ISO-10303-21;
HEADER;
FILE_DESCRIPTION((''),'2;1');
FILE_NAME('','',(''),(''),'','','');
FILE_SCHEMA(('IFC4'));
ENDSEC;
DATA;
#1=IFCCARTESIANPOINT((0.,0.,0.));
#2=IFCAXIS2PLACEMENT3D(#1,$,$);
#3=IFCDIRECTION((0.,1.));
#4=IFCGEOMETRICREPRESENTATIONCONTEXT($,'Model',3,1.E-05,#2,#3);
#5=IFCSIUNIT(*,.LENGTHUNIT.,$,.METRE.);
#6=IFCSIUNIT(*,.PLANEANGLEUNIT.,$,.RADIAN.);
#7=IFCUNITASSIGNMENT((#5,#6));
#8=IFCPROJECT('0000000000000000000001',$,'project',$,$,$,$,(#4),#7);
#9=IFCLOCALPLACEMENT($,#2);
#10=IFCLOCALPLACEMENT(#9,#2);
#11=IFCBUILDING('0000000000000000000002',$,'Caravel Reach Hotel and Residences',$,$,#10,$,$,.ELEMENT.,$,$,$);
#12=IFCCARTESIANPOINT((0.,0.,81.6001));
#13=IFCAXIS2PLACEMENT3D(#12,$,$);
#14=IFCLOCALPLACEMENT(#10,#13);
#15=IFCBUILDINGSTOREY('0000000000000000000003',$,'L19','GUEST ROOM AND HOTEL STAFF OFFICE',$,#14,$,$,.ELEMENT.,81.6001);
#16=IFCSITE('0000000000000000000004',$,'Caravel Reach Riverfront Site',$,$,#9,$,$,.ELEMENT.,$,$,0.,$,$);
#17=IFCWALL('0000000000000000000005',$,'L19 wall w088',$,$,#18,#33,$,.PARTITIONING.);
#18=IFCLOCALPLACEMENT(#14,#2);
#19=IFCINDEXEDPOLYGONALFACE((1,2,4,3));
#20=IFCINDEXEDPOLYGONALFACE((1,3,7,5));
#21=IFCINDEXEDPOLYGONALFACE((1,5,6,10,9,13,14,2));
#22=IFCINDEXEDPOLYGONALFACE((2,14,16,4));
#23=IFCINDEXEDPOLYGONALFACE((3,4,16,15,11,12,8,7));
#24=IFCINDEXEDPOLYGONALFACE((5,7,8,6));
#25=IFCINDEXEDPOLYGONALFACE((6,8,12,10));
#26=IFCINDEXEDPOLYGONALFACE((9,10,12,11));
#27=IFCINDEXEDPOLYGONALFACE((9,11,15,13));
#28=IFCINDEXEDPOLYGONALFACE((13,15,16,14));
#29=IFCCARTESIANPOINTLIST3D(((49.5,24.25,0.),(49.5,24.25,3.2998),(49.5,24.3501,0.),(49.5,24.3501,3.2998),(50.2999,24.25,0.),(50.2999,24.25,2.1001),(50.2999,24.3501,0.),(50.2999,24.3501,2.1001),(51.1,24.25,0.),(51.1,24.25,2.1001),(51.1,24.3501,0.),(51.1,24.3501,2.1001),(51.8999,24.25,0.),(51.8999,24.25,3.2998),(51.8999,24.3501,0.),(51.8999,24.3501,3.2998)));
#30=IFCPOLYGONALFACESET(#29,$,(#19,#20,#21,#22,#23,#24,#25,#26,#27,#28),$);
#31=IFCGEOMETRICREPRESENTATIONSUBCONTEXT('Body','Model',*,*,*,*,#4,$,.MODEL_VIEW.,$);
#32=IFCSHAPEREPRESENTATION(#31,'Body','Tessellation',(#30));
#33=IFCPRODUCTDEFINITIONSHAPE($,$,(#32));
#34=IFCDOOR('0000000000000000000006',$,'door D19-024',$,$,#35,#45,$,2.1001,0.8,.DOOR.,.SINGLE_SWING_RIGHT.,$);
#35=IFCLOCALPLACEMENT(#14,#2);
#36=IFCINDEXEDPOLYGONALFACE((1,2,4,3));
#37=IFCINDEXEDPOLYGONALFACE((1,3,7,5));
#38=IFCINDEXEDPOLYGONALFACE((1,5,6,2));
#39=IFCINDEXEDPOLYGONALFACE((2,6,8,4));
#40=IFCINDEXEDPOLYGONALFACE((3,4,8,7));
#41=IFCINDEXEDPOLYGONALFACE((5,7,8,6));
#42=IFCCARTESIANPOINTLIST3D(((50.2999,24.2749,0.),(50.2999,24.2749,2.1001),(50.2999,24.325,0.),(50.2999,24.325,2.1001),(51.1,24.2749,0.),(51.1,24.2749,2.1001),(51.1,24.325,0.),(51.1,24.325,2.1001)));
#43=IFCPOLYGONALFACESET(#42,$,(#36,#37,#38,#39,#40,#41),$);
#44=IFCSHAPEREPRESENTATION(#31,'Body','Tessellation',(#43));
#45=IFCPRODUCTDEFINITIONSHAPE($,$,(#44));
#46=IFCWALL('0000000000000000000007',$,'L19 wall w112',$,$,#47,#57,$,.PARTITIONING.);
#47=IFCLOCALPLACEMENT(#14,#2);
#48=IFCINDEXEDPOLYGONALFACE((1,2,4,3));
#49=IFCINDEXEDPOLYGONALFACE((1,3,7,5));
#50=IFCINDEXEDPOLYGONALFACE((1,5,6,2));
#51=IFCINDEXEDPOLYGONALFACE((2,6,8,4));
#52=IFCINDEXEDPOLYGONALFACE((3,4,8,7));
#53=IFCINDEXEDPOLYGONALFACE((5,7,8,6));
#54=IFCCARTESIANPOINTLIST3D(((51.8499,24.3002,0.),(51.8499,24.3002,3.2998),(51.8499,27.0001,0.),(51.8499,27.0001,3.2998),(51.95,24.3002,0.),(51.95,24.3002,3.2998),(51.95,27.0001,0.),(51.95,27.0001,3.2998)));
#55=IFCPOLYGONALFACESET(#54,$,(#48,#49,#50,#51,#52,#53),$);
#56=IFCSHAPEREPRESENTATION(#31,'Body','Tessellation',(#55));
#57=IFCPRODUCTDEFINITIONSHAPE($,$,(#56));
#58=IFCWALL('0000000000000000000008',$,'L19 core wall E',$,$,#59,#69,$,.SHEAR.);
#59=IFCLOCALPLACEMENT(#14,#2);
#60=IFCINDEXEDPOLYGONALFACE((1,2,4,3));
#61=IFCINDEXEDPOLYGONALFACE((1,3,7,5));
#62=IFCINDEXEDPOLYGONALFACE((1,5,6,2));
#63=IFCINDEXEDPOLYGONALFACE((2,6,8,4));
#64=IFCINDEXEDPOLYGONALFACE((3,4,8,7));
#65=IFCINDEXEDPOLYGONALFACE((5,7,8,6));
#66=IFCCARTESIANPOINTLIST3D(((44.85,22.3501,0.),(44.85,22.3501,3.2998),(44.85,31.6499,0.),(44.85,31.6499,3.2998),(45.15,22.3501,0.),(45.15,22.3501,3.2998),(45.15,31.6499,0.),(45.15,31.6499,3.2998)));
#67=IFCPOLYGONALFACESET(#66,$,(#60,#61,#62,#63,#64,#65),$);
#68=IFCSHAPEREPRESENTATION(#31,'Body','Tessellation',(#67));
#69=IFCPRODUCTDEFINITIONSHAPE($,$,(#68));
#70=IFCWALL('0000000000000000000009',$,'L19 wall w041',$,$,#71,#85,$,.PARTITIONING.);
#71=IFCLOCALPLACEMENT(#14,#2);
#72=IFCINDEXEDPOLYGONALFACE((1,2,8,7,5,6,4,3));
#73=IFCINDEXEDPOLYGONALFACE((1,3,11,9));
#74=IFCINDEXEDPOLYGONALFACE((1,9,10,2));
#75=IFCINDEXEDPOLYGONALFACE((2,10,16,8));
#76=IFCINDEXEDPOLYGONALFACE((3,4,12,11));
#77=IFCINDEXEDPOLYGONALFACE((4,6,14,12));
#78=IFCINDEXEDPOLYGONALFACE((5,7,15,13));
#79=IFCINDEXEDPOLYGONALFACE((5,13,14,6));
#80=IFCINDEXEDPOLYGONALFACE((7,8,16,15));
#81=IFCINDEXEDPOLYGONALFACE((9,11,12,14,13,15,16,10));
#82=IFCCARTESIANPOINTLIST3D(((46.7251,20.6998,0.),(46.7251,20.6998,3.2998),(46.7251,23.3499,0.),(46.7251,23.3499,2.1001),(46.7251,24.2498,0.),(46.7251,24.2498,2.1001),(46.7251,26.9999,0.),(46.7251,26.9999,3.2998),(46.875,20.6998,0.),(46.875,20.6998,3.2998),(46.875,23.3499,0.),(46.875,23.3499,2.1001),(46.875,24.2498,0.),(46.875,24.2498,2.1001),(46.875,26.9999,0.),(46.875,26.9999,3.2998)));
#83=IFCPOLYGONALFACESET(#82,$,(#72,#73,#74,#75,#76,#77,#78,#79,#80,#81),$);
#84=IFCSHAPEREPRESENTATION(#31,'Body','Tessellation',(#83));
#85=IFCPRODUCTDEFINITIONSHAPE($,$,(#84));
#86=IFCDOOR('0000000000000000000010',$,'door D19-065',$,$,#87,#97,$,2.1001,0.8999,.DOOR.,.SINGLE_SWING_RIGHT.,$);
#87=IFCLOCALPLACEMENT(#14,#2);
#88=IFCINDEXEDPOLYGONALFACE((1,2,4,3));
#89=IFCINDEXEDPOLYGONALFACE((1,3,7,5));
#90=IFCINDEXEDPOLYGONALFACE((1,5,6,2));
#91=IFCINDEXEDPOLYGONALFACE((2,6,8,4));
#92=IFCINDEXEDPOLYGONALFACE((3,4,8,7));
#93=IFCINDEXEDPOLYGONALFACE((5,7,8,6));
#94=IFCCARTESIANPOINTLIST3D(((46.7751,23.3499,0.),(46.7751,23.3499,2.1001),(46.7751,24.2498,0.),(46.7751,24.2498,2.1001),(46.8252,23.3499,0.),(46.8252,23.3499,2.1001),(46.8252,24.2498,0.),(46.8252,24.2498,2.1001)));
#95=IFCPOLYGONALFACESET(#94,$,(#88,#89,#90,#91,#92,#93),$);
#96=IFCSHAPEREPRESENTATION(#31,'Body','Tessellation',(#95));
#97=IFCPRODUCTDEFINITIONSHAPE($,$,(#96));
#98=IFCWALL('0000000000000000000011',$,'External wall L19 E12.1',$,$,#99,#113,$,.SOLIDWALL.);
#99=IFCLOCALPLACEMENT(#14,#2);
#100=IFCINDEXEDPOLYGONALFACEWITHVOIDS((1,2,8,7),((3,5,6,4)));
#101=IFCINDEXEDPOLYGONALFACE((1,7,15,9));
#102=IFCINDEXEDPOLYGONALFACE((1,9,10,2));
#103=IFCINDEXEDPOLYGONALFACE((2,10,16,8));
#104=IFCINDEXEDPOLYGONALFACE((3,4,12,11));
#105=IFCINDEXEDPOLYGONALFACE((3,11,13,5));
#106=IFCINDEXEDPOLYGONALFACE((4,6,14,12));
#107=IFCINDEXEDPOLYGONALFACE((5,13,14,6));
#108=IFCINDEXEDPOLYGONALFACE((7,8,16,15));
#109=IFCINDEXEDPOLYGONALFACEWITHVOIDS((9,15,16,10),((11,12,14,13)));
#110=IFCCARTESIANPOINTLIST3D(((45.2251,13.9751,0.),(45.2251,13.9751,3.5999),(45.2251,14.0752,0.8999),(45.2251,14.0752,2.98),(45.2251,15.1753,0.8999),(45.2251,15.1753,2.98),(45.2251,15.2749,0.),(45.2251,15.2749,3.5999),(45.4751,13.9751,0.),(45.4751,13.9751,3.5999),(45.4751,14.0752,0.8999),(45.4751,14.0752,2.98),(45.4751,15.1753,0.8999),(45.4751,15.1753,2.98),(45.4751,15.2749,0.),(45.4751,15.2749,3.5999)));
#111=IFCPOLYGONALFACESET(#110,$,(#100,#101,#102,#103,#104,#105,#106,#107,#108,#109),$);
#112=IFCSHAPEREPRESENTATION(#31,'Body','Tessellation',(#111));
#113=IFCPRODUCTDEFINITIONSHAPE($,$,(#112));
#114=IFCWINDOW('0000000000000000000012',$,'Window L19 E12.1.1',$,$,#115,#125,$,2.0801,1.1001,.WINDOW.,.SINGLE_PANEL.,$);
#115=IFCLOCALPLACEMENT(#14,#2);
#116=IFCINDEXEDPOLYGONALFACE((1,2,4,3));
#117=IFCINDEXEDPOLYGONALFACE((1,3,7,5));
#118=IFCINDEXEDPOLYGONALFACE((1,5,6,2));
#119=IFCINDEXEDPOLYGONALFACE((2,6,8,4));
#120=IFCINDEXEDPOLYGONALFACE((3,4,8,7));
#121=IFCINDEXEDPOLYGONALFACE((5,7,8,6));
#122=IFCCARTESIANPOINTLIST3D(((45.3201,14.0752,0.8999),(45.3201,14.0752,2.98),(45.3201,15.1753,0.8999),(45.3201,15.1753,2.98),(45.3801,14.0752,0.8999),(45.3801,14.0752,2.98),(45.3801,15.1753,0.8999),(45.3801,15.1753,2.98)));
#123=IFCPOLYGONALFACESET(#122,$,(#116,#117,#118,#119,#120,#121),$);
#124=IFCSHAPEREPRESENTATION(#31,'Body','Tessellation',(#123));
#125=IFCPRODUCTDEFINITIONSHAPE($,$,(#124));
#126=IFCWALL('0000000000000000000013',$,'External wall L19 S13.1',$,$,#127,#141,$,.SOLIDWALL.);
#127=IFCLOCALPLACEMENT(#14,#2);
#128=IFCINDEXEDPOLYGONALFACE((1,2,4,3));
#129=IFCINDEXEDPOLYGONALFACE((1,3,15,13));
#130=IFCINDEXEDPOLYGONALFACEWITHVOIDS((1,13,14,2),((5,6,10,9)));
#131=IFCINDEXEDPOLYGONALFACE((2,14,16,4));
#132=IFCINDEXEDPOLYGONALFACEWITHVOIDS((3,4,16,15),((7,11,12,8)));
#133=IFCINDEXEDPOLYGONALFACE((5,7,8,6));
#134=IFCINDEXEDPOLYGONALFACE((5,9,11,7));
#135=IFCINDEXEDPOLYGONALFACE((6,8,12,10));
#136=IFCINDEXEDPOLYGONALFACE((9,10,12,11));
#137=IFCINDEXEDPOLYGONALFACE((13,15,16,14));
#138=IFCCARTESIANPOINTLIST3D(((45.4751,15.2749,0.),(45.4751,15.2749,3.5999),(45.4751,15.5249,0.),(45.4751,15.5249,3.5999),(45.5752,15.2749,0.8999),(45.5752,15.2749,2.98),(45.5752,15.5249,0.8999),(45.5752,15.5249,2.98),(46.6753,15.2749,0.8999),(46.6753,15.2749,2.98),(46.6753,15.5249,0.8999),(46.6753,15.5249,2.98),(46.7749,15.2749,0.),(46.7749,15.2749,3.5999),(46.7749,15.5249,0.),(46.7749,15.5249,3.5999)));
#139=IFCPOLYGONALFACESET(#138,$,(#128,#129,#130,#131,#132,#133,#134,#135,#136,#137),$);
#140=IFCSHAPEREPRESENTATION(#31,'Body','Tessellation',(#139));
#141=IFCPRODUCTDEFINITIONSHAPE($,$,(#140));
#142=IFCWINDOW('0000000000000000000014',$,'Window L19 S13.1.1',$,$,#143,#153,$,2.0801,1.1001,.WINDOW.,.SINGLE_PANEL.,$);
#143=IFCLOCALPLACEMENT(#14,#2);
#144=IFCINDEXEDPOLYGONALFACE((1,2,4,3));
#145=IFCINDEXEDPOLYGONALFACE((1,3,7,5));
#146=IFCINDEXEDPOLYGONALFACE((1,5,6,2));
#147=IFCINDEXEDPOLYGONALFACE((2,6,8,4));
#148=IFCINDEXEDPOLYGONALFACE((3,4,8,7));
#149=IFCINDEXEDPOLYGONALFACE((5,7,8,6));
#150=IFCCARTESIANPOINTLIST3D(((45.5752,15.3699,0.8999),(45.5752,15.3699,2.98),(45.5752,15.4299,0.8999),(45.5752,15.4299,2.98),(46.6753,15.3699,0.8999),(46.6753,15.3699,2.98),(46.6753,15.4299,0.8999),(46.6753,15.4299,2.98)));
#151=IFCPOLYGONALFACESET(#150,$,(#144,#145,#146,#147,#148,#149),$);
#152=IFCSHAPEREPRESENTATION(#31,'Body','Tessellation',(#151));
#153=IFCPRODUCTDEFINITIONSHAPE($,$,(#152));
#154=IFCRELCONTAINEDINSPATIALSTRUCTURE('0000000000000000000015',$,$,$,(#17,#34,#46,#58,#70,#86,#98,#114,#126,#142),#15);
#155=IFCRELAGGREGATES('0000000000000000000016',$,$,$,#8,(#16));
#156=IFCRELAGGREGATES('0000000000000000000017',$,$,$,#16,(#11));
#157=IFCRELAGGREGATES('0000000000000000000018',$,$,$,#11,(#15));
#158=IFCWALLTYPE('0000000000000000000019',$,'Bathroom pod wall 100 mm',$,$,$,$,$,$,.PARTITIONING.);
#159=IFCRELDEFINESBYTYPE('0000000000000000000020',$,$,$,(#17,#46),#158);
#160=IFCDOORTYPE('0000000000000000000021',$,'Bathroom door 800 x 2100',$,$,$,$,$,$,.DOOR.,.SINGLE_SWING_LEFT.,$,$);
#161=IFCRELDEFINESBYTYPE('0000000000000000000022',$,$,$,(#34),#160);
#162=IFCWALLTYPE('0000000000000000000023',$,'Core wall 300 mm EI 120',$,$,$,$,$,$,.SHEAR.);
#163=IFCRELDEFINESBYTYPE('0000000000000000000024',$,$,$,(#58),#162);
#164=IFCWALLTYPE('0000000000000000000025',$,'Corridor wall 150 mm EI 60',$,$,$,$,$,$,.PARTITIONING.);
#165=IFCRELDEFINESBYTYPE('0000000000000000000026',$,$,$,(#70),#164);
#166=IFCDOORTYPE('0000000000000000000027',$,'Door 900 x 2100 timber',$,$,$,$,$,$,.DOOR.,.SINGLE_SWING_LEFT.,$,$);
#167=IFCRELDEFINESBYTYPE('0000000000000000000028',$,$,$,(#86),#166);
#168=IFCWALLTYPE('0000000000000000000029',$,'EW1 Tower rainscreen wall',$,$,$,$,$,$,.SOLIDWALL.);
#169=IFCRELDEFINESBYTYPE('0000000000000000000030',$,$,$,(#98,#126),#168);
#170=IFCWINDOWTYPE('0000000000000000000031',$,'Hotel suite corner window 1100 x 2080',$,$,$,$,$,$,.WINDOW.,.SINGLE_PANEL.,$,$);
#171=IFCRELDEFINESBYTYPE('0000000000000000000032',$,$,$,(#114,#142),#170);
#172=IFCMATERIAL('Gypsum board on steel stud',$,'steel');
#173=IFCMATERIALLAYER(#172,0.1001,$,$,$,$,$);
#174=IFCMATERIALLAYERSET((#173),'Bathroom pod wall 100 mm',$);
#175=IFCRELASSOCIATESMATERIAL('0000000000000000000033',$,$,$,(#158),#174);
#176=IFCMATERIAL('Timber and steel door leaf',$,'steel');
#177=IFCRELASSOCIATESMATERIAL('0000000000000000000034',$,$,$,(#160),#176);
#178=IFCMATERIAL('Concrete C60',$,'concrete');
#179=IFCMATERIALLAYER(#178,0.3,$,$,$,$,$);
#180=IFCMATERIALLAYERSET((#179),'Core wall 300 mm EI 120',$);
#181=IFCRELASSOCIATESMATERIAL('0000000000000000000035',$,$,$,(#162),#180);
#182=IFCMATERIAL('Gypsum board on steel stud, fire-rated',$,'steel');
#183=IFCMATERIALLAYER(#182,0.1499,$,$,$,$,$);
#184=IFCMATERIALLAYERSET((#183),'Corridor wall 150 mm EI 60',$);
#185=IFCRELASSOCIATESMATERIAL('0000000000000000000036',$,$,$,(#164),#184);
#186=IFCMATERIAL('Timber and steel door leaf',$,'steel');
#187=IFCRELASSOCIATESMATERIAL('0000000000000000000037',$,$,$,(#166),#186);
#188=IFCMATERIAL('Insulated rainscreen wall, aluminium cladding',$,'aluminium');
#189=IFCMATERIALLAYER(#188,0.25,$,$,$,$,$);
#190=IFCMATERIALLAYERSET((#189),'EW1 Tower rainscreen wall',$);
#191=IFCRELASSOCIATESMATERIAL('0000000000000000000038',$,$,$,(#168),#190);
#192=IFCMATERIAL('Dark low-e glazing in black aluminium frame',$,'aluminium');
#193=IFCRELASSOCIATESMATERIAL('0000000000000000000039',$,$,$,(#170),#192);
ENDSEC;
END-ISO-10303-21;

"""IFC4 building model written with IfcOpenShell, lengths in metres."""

from ifc_helpers import new_model, si_unit, direction, frame, frame_2d, origin, place, context, subcontext, project, spatial, rectangle, extrude, material, layer, layer_set, type_object, element, fill, save


model = new_model("IFC4")

# Units and contexts
model_context = context("Model", 3, precision=1e-05, world=origin(), true_north=direction((0.0, 1.0)))
body_context = subcontext(model_context, "Body", "Model", "MODEL_VIEW")
ifc_project = project(units=[si_unit("LENGTHUNIT", "METRE"), si_unit("PLANEANGLEUNIT", "RADIAN")], contexts=[model_context])

# Site, building, storey
site_placement = place(None, origin())
site = spatial("IfcSite", under=ifc_project, at=site_placement, Name="Caravel Reach Riverfront Site", CompositionType="ELEMENT", RefElevation=0.0)
building_placement = place(site_placement, origin())
building = spatial("IfcBuilding", under=site, at=building_placement, Name="Caravel Reach Hotel and Residences", CompositionType="ELEMENT")
storey_placement = place(building_placement, frame((0.0, 0.0, 81.6001)))
storey = spatial("IfcBuildingStorey", under=building, at=storey_placement, Name="L19", Description="GUEST ROOM AND HOTEL STAFF OFFICE", CompositionType="ELEMENT", Elevation=81.6001)

# Wall, opening, door
ifc_material_1 = material(Name="Gypsum board on steel stud", Category="steel")
ifc_layer_1 = layer(ifc_material_1, 0.1001)
ifc_layer_set_1 = layer_set([ifc_layer_1], Name="Bathroom pod wall 100 mm")
wall_type_1 = type_object("IfcWallType", Name="Bathroom pod wall 100 mm", PredefinedType="PARTITIONING", material=ifc_layer_set_1)
wall_1_placement = place(storey_placement, frame((49.5, 24.3, 0.0), z_axis=(0.0, 0.0, 1.0), x_axis=(1.0, 0.0, 0.0)))
wall_1 = element("IfcWall", 1, at=wall_1_placement, inside=storey, type_object=wall_type_1, Name="L19 wall w088", PredefinedType="PARTITIONING", context=body_context, shape_type="SweptSolid", body=[
    extrude(rectangle(XDim=2.3999, YDim=0.1001, at=frame_2d((1.2, 0.0))), origin(), (0.0, 0.0, 1.0), 3.2998),
])
opening_1_placement = place(wall_1_placement, frame((0.8, 0.0, 0.0)))
opening_1 = element("IfcOpeningElement", 2, at=opening_1_placement, cuts=wall_1, PredefinedType="OPENING", context=body_context, shape_type="SweptSolid", body=[
    extrude(rectangle(XDim=0.8, YDim=2.1001, at=frame_2d((0.3999, 1.05))), frame((0.0, 0.0601, 0.0), z_axis=(0.0, -1.0, 0.0), x_axis=(1.0, 0.0, 0.0)), (0.0, 0.0, 1.0), 0.1201),
])
ifc_material_2 = material(Name="Timber and steel door leaf", Category="steel")
door_type_1 = type_object("IfcDoorType", Name="Bathroom door 800 x 2100", OperationType="SINGLE_SWING_LEFT", PredefinedType="DOOR", material=ifc_material_2)
door_1_placement = place(opening_1_placement, origin())
door_1 = element("IfcDoor", 3, at=door_1_placement, inside=storey, type_object=door_type_1, Name="door D19-024", OperationType="SINGLE_SWING_RIGHT", OverallHeight=2.1001, OverallWidth=0.8, PredefinedType="DOOR", context=body_context, shape_type="SweptSolid", body=[
    extrude(rectangle(XDim=0.8, YDim=2.1001, at=frame_2d((0.3999, 1.05))), frame((0.0, 0.0249, 0.0), z_axis=(0.0, -1.0, 0.0), x_axis=(1.0, 0.0, 0.0)), (0.0, 0.0, 1.0), 0.05),
])
fill(opening_1, door_1)

# Walls
wall_2_placement = place(storey_placement, frame((51.8999, 24.3, 0.0), z_axis=(0.0, 0.0, 1.0), x_axis=(0.0, 1.0, 0.0)))
element("IfcWall", 4, at=wall_2_placement, inside=storey, type_object=wall_type_1, Name="L19 wall w112", PredefinedType="PARTITIONING", context=body_context, shape_type="SweptSolid", body=[
    extrude(rectangle(XDim=2.7, YDim=0.1001, at=frame_2d((1.3501, 0.0))), origin(), (0.0, 0.0, 1.0), 3.2998),
])
ifc_material_3 = material(Name="Concrete C60", Category="concrete")
ifc_layer_2 = layer(ifc_material_3, 0.3)
ifc_layer_set_2 = layer_set([ifc_layer_2], Name="Core wall 300 mm EI 120")
wall_type_2 = type_object("IfcWallType", Name="Core wall 300 mm EI 120", PredefinedType="SHEAR", material=ifc_layer_set_2)
wall_3_placement = place(storey_placement, frame((45.0, 22.3501, 0.0), z_axis=(0.0, 0.0, 1.0), x_axis=(0.0, 1.0, 0.0)))
element("IfcWall", 5, at=wall_3_placement, inside=storey, type_object=wall_type_2, Name="L19 core wall E", PredefinedType="SHEAR", context=body_context, shape_type="SweptSolid", body=[
    extrude(rectangle(XDim=9.2998, YDim=0.3, at=frame_2d((4.6499, 0.0))), origin(), (0.0, 0.0, 1.0), 3.2998),
])

# Wall, opening, door
ifc_material_4 = material(Name="Gypsum board on steel stud, fire-rated", Category="steel")
ifc_layer_3 = layer(ifc_material_4, 0.1499)
ifc_layer_set_3 = layer_set([ifc_layer_3], Name="Corridor wall 150 mm EI 60")
wall_type_3 = type_object("IfcWallType", Name="Corridor wall 150 mm EI 60", PredefinedType="PARTITIONING", material=ifc_layer_set_3)
wall_4_placement = place(storey_placement, frame((46.8, 20.7, 0.0), z_axis=(0.0, 0.0, 1.0), x_axis=(0.0, 1.0, 0.0)))
wall_4 = element("IfcWall", 6, at=wall_4_placement, inside=storey, type_object=wall_type_3, Name="L19 wall w041", PredefinedType="PARTITIONING", context=body_context, shape_type="SweptSolid", body=[
    extrude(rectangle(XDim=6.3, YDim=0.1499, at=frame_2d((3.1499, 0.0))), origin(), (0.0, 0.0, 1.0), 3.2998),
])
opening_2_placement = place(wall_4_placement, frame((2.6499, 0.0, 0.0)))
opening_2 = element("IfcOpeningElement", 7, at=opening_2_placement, cuts=wall_4, PredefinedType="OPENING", context=body_context, shape_type="SweptSolid", body=[
    extrude(rectangle(XDim=0.8999, YDim=2.1001, at=frame_2d((0.45, 1.05))), frame((0.0, 0.085, 0.0), z_axis=(0.0, -1.0, 0.0), x_axis=(1.0, 0.0, 0.0)), (0.0, 0.0, 1.0), 0.1699),
])
ifc_material_5 = material(Name="Timber and steel door leaf", Category="steel")
door_type_2 = type_object("IfcDoorType", Name="Door 900 x 2100 timber", OperationType="SINGLE_SWING_LEFT", PredefinedType="DOOR", material=ifc_material_5)
door_2_placement = place(opening_2_placement, origin())
door_2 = element("IfcDoor", 8, at=door_2_placement, inside=storey, type_object=door_type_2, Name="door D19-065", OperationType="SINGLE_SWING_RIGHT", OverallHeight=2.1001, OverallWidth=0.8999, PredefinedType="DOOR", context=body_context, shape_type="SweptSolid", body=[
    extrude(rectangle(XDim=0.8999, YDim=2.1001, at=frame_2d((0.45, 1.05))), frame((0.0, 0.0249, 0.0), z_axis=(0.0, -1.0, 0.0), x_axis=(1.0, 0.0, 0.0)), (0.0, 0.0, 1.0), 0.05),
])
fill(opening_2, door_2)

# Walls, openings, windows
ifc_material_6 = material(Name="Insulated rainscreen wall, aluminium cladding", Category="aluminium")
ifc_layer_4 = layer(ifc_material_6, 0.25)
ifc_layer_set_4 = layer_set([ifc_layer_4], Name="EW1 Tower rainscreen wall")
wall_type_4 = type_object("IfcWallType", Name="EW1 Tower rainscreen wall", PredefinedType="SOLIDWALL", material=ifc_layer_set_4)
wall_5_placement = place(storey_placement, frame((45.3501, 13.9751, 0.0), z_axis=(0.0, 0.0, 1.0), x_axis=(0.0, 1.0, 0.0)))
wall_5 = element("IfcWall", 9, at=wall_5_placement, inside=storey, type_object=wall_type_4, Name="External wall L19 E12.1", PredefinedType="SOLIDWALL", context=body_context, shape_type="SweptSolid", body=[
    extrude(rectangle(XDim=1.2998, YDim=0.25, at=frame_2d((0.6499, 0.0))), origin(), (0.0, 0.0, 1.0), 3.5999),
])
opening_3_placement = place(wall_5_placement, frame((0.1001, 0.0, 0.8999)))
opening_3 = element("IfcOpeningElement", 10, at=opening_3_placement, cuts=wall_5, PredefinedType="OPENING", context=body_context, shape_type="SweptSolid", body=[
    extrude(rectangle(XDim=1.1001, YDim=2.0801, at=frame_2d((0.55, 1.04))), frame((0.0, 0.135, 0.0), z_axis=(0.0, -1.0, 0.0), x_axis=(1.0, 0.0, 0.0)), (0.0, 0.0, 1.0), 0.27),
])
ifc_material_7 = material(Name="Dark low-e glazing in black aluminium frame", Category="aluminium")
window_type_1 = type_object("IfcWindowType", Name="Hotel suite corner window 1100 x 2080", PartitioningType="SINGLE_PANEL", PredefinedType="WINDOW", material=ifc_material_7)
window_1_placement = place(opening_3_placement, origin())
window_1 = element("IfcWindow", 11, at=window_1_placement, inside=storey, type_object=window_type_1, Name="Window L19 E12.1.1", OverallHeight=2.0801, OverallWidth=1.1001, PartitioningType="SINGLE_PANEL", PredefinedType="WINDOW", context=body_context, shape_type="SweptSolid", body=[
    extrude(rectangle(XDim=1.1001, YDim=2.0801, at=frame_2d((0.55, 1.04))), frame((0.0, 0.03, 0.0), z_axis=(0.0, -1.0, 0.0), x_axis=(1.0, 0.0, 0.0)), (0.0, 0.0, 1.0), 0.0601),
])
fill(opening_3, window_1)
wall_6_placement = place(storey_placement, frame((45.4751, 15.3999, 0.0), z_axis=(0.0, 0.0, 1.0), x_axis=(1.0, 0.0, 0.0)))
wall_6 = element("IfcWall", 12, at=wall_6_placement, inside=storey, type_object=wall_type_4, Name="External wall L19 S13.1", PredefinedType="SOLIDWALL", context=body_context, shape_type="SweptSolid", body=[
    extrude(rectangle(XDim=1.2998, YDim=0.25, at=frame_2d((0.6499, 0.0))), origin(), (0.0, 0.0, 1.0), 3.5999),
])
opening_4_placement = place(wall_6_placement, frame((0.1001, 0.0, 0.8999)))
opening_4 = element("IfcOpeningElement", 13, at=opening_4_placement, cuts=wall_6, PredefinedType="OPENING", context=body_context, shape_type="SweptSolid", body=[
    extrude(rectangle(XDim=1.1001, YDim=2.0801, at=frame_2d((0.55, 1.04))), frame((0.0, 0.135, 0.0), z_axis=(0.0, -1.0, 0.0), x_axis=(1.0, 0.0, 0.0)), (0.0, 0.0, 1.0), 0.27),
])
window_2_placement = place(opening_4_placement, origin())
window_2 = element("IfcWindow", 14, at=window_2_placement, inside=storey, type_object=window_type_1, Name="Window L19 S13.1.1", OverallHeight=2.0801, OverallWidth=1.1001, PartitioningType="SINGLE_PANEL", PredefinedType="WINDOW", context=body_context, shape_type="SweptSolid", body=[
    extrude(rectangle(XDim=1.1001, YDim=2.0801, at=frame_2d((0.55, 1.04))), frame((0.0, 0.03, 0.0), z_axis=(0.0, -1.0, 0.0), x_axis=(1.0, 0.0, 0.0)), (0.0, 0.0, 1.0), 0.0601),
])
fill(opening_4, window_2)

save(model, "model.ifc")
